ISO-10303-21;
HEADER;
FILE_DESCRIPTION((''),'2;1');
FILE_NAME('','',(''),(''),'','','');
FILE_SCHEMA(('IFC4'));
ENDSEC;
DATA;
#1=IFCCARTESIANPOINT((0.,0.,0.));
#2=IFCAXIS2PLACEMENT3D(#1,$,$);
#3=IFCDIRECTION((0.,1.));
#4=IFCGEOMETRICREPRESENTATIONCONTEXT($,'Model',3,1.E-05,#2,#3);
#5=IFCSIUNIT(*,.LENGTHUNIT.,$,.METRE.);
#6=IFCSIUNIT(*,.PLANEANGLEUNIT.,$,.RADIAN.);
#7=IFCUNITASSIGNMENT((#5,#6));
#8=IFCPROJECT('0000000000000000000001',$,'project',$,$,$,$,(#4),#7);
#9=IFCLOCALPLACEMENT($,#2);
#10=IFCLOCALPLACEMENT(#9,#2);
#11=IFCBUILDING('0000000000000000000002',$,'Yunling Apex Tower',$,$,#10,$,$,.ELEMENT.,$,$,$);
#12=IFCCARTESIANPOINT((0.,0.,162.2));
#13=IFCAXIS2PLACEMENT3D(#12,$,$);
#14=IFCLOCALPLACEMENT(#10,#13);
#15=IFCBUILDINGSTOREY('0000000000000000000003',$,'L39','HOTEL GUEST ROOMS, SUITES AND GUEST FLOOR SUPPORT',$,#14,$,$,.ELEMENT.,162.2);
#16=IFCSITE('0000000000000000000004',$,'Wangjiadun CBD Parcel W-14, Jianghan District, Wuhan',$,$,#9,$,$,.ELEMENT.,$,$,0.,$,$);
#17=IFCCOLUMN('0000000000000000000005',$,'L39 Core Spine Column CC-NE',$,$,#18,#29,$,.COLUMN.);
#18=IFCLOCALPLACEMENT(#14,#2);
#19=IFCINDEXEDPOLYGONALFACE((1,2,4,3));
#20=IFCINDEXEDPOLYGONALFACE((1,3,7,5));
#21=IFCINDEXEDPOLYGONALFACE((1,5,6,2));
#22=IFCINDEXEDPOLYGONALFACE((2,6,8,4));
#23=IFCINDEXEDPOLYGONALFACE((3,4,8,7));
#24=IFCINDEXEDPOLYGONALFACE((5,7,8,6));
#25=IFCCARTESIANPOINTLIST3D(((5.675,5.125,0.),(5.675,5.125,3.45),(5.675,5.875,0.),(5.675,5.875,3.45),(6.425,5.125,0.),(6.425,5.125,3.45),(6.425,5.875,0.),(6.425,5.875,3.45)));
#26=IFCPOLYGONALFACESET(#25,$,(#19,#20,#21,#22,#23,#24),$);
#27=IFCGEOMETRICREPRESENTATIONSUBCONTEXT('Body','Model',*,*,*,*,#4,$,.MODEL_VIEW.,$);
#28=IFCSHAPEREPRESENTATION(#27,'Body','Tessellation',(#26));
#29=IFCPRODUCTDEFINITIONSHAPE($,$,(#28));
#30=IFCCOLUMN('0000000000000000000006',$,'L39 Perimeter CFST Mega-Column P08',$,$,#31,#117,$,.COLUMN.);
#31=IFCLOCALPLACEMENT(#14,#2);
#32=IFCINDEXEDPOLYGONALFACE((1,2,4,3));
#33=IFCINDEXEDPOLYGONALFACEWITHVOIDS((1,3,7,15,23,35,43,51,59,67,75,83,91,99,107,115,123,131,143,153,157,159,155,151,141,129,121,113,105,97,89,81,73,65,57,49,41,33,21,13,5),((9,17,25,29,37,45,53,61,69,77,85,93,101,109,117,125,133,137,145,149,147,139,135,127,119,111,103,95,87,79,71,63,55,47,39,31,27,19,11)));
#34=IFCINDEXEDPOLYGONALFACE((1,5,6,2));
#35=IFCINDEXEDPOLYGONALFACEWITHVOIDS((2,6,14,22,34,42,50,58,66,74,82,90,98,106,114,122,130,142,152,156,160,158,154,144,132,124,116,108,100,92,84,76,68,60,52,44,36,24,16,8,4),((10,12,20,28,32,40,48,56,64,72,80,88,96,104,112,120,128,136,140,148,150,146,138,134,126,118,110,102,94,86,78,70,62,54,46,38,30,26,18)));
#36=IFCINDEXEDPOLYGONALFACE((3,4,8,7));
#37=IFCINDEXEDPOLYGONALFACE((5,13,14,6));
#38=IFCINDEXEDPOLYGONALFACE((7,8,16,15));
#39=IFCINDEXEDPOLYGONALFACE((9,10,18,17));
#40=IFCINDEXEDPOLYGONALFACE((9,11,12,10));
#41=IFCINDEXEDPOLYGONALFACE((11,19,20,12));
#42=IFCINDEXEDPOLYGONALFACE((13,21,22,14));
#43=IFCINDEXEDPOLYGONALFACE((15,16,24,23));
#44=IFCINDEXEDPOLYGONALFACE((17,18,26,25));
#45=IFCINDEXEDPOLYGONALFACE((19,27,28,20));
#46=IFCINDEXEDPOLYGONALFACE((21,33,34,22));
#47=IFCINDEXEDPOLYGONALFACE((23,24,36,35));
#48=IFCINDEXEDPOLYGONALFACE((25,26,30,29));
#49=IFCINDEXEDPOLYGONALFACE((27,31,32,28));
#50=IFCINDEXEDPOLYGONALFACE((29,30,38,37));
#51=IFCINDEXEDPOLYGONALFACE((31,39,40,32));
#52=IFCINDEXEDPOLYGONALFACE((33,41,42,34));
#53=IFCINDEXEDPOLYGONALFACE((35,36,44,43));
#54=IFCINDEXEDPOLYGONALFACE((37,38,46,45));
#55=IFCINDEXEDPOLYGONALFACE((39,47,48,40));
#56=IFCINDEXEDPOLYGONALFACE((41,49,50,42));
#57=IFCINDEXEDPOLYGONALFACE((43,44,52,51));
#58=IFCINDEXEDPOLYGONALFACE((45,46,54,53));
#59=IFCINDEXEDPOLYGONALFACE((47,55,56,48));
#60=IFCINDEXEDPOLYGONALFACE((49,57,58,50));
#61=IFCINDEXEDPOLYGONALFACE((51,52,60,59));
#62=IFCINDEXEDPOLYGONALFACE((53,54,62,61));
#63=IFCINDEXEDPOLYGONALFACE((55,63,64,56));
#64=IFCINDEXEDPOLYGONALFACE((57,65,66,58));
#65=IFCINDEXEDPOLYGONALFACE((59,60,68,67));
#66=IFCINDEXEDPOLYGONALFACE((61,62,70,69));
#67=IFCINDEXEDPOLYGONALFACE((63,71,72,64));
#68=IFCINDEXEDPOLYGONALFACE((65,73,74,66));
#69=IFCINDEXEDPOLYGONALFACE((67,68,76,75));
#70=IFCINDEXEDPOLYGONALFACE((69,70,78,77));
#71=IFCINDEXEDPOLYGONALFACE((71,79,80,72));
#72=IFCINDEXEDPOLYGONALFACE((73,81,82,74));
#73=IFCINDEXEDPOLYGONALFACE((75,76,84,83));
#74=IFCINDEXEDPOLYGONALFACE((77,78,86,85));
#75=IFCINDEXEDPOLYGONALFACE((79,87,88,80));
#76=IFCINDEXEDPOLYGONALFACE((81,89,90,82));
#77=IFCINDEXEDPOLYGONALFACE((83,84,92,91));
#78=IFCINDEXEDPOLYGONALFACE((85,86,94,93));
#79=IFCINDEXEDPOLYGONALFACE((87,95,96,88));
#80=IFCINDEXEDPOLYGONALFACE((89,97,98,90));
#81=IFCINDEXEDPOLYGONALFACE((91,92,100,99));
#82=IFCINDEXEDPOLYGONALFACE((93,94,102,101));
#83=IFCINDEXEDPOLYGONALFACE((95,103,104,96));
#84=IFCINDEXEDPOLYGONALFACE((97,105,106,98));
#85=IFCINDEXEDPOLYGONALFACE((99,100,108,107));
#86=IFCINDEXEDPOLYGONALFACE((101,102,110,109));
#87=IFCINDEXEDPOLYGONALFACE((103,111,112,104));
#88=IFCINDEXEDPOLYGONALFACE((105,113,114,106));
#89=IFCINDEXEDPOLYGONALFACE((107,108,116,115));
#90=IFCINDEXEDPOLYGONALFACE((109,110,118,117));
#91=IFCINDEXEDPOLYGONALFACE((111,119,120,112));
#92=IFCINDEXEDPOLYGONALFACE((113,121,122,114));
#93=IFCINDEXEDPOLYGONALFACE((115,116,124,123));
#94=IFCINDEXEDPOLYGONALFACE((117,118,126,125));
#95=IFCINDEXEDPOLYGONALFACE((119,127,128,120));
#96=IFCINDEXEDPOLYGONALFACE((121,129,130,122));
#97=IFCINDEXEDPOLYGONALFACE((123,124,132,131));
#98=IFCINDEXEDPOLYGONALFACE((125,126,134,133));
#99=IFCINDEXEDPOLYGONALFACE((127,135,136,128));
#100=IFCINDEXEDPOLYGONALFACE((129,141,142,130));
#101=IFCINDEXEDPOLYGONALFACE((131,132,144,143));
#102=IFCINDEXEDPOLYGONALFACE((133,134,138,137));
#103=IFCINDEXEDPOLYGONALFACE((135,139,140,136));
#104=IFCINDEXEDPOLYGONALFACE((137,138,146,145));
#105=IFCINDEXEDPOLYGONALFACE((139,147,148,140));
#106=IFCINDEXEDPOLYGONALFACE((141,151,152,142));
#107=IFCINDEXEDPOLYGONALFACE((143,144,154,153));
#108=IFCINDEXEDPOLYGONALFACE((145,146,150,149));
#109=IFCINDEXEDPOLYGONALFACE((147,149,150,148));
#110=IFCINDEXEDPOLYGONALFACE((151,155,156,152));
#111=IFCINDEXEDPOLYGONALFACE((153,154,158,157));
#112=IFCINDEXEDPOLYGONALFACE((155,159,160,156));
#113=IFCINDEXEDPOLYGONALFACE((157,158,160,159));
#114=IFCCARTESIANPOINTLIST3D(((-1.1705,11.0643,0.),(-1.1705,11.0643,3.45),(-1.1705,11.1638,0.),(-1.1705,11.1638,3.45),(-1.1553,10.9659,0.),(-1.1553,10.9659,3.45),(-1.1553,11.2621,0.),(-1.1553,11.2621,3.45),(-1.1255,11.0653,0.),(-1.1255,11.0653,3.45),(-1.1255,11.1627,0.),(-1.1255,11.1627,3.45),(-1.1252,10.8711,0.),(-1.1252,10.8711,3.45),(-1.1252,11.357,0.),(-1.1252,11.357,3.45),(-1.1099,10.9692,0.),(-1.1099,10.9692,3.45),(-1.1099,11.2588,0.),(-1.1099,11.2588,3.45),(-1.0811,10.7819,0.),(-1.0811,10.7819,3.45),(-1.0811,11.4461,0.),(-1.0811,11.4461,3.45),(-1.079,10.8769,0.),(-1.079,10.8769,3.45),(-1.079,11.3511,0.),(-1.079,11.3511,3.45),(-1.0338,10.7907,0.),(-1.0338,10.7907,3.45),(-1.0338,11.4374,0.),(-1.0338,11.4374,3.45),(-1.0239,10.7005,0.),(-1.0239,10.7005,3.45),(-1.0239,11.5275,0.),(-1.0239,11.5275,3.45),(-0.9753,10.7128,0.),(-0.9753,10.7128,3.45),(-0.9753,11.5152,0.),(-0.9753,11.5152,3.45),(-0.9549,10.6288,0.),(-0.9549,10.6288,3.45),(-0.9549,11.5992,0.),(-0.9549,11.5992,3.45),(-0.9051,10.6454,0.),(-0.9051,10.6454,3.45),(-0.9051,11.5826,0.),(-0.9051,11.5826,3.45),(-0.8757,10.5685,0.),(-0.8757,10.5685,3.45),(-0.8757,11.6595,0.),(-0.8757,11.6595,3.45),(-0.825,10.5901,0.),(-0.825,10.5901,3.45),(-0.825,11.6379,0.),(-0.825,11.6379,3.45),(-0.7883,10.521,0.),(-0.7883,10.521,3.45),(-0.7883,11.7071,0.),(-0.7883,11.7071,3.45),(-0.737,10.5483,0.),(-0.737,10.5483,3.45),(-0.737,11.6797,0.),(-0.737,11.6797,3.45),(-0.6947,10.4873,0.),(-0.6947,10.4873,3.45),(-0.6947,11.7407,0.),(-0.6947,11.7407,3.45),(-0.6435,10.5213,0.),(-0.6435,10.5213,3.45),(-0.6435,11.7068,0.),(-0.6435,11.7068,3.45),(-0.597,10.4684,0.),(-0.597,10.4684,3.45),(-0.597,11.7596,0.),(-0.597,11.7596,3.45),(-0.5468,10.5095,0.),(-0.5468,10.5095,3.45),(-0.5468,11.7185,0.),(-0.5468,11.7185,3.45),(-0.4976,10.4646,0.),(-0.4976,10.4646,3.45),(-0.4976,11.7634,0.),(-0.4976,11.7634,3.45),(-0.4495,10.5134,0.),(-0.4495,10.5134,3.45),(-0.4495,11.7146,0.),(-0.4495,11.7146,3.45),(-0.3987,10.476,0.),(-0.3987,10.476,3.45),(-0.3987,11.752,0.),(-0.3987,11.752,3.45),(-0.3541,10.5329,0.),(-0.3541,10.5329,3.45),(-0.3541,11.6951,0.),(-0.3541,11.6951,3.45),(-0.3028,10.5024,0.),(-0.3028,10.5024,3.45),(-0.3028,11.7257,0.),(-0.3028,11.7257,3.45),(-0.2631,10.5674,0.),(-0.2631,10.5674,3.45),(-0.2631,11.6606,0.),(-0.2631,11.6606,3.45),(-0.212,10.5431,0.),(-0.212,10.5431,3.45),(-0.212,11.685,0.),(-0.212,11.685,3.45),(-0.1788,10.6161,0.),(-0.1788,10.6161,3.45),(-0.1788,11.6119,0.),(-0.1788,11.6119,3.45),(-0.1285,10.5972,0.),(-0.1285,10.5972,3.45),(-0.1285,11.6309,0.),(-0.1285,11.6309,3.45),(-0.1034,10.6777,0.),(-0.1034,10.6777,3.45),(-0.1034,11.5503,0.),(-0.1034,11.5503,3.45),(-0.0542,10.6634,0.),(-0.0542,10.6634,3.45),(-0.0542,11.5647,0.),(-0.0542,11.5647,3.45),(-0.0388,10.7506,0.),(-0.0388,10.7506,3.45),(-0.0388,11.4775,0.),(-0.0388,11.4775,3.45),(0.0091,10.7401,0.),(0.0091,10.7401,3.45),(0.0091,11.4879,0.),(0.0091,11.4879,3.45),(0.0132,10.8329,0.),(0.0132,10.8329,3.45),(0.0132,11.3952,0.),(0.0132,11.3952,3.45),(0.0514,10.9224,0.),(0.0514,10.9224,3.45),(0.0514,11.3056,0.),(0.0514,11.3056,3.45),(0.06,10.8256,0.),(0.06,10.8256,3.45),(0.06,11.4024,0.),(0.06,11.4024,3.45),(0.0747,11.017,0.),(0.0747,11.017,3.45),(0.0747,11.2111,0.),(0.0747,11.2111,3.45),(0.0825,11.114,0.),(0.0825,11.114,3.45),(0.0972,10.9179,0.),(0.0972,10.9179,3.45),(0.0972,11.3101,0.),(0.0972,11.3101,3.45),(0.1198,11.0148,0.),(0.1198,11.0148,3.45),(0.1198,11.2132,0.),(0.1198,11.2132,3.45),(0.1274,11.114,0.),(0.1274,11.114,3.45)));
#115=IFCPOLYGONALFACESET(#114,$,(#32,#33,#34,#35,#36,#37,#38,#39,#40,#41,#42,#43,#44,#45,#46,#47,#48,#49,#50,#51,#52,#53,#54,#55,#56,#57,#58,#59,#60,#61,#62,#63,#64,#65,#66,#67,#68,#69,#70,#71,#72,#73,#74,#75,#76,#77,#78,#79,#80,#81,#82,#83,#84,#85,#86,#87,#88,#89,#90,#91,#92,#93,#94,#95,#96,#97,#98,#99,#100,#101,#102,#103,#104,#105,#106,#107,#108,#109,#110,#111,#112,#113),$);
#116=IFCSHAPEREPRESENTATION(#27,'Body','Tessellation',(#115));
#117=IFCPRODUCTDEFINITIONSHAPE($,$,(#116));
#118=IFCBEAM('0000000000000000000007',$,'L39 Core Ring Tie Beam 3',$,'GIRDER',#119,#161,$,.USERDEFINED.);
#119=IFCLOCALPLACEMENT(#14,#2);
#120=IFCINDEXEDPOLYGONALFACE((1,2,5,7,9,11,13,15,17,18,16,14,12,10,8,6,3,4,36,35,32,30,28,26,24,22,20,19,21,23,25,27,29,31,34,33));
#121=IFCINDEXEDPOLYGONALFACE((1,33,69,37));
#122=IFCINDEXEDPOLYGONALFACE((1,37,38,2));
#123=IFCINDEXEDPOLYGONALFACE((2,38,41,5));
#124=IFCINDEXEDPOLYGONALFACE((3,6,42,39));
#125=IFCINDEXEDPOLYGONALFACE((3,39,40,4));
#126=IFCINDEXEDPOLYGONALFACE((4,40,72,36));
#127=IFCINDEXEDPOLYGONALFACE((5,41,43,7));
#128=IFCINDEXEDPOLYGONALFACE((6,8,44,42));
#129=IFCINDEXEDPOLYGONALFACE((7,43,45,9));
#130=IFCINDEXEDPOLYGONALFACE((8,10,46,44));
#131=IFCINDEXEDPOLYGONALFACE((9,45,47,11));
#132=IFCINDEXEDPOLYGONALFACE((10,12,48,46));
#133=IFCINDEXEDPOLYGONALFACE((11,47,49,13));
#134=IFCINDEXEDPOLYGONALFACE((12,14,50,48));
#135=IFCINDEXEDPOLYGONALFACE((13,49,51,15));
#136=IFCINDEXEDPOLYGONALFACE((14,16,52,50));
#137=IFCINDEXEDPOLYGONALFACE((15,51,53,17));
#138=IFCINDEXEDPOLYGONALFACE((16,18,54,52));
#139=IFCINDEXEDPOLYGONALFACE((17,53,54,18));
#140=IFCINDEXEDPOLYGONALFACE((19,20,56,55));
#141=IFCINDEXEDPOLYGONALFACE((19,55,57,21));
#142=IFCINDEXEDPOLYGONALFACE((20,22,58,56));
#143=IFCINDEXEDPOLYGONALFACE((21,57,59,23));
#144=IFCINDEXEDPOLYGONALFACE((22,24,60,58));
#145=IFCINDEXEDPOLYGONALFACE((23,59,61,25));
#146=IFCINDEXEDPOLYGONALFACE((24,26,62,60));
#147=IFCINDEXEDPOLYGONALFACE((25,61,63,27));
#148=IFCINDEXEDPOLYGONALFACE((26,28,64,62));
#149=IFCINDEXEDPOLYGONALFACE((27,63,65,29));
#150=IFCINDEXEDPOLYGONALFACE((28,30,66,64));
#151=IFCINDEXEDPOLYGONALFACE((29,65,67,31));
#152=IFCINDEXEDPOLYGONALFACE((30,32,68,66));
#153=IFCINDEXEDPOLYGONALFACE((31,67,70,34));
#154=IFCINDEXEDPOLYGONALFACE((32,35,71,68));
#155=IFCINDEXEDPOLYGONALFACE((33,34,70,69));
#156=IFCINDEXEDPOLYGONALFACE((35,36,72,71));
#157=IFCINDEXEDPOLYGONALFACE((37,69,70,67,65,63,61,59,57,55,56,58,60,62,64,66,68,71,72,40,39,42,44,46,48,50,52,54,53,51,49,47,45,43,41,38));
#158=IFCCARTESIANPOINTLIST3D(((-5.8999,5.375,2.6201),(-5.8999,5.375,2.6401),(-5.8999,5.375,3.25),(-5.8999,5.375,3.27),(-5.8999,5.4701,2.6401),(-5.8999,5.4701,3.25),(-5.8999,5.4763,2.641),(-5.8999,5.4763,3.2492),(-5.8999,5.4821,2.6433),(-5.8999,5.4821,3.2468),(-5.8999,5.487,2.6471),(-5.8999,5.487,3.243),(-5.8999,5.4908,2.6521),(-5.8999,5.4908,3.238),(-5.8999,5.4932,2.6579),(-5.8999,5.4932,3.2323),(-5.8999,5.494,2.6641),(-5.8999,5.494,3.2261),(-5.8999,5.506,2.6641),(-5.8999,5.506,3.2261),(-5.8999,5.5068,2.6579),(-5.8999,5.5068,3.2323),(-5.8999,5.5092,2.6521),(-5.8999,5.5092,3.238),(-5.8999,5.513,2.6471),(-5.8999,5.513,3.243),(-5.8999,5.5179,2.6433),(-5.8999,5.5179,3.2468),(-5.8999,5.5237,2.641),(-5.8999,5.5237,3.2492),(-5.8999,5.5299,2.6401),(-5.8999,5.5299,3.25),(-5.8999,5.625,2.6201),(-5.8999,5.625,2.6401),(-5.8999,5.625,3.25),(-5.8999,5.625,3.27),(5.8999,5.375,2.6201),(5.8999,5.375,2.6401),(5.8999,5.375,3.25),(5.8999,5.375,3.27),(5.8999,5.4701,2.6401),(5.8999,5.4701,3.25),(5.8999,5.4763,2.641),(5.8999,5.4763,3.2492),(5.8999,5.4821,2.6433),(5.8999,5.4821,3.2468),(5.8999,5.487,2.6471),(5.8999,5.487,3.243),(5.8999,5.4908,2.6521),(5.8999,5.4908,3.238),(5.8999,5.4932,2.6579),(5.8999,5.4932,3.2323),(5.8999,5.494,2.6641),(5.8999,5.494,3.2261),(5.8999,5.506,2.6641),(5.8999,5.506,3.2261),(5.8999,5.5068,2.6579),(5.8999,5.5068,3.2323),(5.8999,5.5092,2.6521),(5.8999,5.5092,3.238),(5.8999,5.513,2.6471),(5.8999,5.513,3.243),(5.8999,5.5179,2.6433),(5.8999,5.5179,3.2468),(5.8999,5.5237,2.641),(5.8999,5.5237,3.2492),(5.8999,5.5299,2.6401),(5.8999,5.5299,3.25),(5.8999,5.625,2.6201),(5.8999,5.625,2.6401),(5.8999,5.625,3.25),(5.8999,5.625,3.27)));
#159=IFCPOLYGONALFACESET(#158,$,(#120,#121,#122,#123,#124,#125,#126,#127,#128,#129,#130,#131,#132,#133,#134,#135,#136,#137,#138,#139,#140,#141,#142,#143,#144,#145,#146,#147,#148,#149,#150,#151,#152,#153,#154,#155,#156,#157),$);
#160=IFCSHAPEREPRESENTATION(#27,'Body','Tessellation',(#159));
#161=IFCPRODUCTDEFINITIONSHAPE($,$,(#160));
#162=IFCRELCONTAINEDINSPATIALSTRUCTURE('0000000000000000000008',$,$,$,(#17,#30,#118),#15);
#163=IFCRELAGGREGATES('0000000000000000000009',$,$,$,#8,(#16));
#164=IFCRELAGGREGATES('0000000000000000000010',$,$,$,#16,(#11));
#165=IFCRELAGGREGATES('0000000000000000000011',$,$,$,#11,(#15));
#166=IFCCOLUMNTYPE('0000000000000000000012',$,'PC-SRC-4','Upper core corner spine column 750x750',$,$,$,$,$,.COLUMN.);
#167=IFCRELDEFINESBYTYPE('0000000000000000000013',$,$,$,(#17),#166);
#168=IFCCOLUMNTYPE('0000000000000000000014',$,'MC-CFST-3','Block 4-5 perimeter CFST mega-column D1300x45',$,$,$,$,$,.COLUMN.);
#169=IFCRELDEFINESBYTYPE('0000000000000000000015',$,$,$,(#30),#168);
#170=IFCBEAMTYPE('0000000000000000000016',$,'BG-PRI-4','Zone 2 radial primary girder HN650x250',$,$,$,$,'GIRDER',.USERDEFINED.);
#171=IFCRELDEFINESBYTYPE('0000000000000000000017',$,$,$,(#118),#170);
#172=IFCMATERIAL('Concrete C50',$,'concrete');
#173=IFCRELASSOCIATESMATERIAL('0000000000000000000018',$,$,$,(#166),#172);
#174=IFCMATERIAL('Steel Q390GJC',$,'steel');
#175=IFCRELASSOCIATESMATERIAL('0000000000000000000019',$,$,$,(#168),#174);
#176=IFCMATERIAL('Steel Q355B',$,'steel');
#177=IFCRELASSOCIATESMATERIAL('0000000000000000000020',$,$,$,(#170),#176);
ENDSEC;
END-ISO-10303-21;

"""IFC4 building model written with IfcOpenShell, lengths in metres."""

from ifc_helpers import new_model, si_unit, direction, frame, origin, origin_2d, place, context, subcontext, project, spatial, rectangle, hollow_circle, i_section, extrude, source, transform, mapped, material, material_profile, profile_set, type_object, element, save


model = new_model("IFC4")

# Units and contexts
model_context = context("Model", 3, precision=1e-05, world=origin(), true_north=direction((0.0, 1.0)))
body_context = subcontext(model_context, "Body", "Model", "MODEL_VIEW")
ifc_project = project(units=[si_unit("LENGTHUNIT", "METRE"), si_unit("PLANEANGLEUNIT", "RADIAN")], contexts=[model_context])

# Site, building, storey
site_placement = place(None, origin())
site = spatial("IfcSite", under=ifc_project, at=site_placement, Name="Wangjiadun CBD Parcel W-14, Jianghan District, Wuhan", CompositionType="ELEMENT", RefElevation=0.0)
building_placement = place(site_placement, origin())
building = spatial("IfcBuilding", under=site, at=building_placement, Name="Yunling Apex Tower", CompositionType="ELEMENT")
storey_placement = place(building_placement, frame((0.0, 0.0, 162.2)))
storey = spatial("IfcBuildingStorey", under=building, at=storey_placement, Name="L39", Description="HOTEL GUEST ROOMS, SUITES AND GUEST FLOOR SUPPORT", CompositionType="ELEMENT", Elevation=162.2)

# Columns
ifc_material_1 = material(Name="Concrete C50", Category="concrete")
ifc_material_profile_1 = material_profile(ifc_material_1, rectangle(XDim=0.75, YDim=0.75, at=origin_2d()))
ifc_profile_set_1 = profile_set([ifc_material_profile_1], Name="Concrete C50")
column_type_1 = type_object("IfcColumnType", Name="PC-SRC-4", Description="Upper core corner spine column 750x750", PredefinedType="COLUMN", material=ifc_profile_set_1)
shared_shape_1 = source(origin(), body_context, "Body", "SweptSolid", [
    extrude(rectangle(XDim=0.75, YDim=0.75, at=origin_2d()), origin(), (0.0, 0.0, 1.0), 3.45),
])
column_1_placement = place(storey_placement, frame((6.05, 5.5, 0.0), z_axis=(0.0, 0.0, 1.0), x_axis=(1.0, 0.0, 0.0)))
element("IfcColumn", 1, at=column_1_placement, inside=storey, type_object=column_type_1, Name="L39 Core Spine Column CC-NE", PredefinedType="COLUMN", context=body_context, shape_type="MappedRepresentation", body=[
    mapped(shared_shape_1, transform((0.0, 0.0, 0.0), scale=1.0)),
])
ifc_material_2 = material(Name="Steel Q390GJC", Category="steel")
ifc_material_profile_2 = material_profile(ifc_material_2, hollow_circle(Radius=0.6499, WallThickness=0.0449, at=origin_2d()))
ifc_profile_set_2 = profile_set([ifc_material_profile_2], Name="Steel Q390GJC")
column_type_2 = type_object("IfcColumnType", Name="MC-CFST-3", Description="Block 4-5 perimeter CFST mega-column D1300x45", PredefinedType="COLUMN", material=ifc_profile_set_2)
shared_shape_2 = source(origin(), body_context, "Body", "SweptSolid", [
    extrude(hollow_circle(Radius=0.6499, WallThickness=0.0449, at=origin_2d()), origin(), (0.0, 0.0, 1.0), 3.45),
])
column_2_placement = place(storey_placement, frame((-0.5225, 11.114, 0.0), z_axis=(0.0, 0.0, 1.0), x_axis=(1.0, 0.0, 0.0)))
element("IfcColumn", 2, at=column_2_placement, inside=storey, type_object=column_type_2, Name="L39 Perimeter CFST Mega-Column P08", PredefinedType="COLUMN", context=body_context, shape_type="MappedRepresentation", body=[
    mapped(shared_shape_2, transform((0.0, 0.0, 0.0), scale=1.0)),
])

# Beam
ifc_material_3 = material(Name="Steel Q355B", Category="steel")
ifc_material_profile_3 = material_profile(ifc_material_3, i_section(OverallWidth=0.25, OverallDepth=0.6499, WebThickness=0.012, FlangeThickness=0.02, FilletRadius=0.0239, at=origin_2d()))
ifc_profile_set_3 = profile_set([ifc_material_profile_3], Name="Steel Q355B")
beam_type_1 = type_object("IfcBeamType", Name="BG-PRI-4", Description="Zone 2 radial primary girder HN650x250", ElementType="GIRDER", PredefinedType="USERDEFINED", material=ifc_profile_set_3)
shared_shape_3 = source(origin(), body_context, "Body", "SweptSolid", [
    extrude(i_section(OverallWidth=0.25, OverallDepth=0.6499, WebThickness=0.012, FlangeThickness=0.02, FilletRadius=0.0239, at=origin_2d()), origin(), (0.0, 0.0, 1.0), 11.7998),
])
beam_1_placement = place(storey_placement, frame((5.8999, 5.5, 2.9451), z_axis=(-1.0, 0.0, 0.0), x_axis=(0.0, -1.0, 0.0)))
element("IfcBeam", 3, at=beam_1_placement, inside=storey, type_object=beam_type_1, Name="L39 Core Ring Tie Beam 3", ObjectType="GIRDER", PredefinedType="USERDEFINED", context=body_context, shape_type="MappedRepresentation", body=[
    mapped(shared_shape_3, transform((0.0, 0.0, 0.0), scale=1.0)),
])

save(model, "model.ifc")
